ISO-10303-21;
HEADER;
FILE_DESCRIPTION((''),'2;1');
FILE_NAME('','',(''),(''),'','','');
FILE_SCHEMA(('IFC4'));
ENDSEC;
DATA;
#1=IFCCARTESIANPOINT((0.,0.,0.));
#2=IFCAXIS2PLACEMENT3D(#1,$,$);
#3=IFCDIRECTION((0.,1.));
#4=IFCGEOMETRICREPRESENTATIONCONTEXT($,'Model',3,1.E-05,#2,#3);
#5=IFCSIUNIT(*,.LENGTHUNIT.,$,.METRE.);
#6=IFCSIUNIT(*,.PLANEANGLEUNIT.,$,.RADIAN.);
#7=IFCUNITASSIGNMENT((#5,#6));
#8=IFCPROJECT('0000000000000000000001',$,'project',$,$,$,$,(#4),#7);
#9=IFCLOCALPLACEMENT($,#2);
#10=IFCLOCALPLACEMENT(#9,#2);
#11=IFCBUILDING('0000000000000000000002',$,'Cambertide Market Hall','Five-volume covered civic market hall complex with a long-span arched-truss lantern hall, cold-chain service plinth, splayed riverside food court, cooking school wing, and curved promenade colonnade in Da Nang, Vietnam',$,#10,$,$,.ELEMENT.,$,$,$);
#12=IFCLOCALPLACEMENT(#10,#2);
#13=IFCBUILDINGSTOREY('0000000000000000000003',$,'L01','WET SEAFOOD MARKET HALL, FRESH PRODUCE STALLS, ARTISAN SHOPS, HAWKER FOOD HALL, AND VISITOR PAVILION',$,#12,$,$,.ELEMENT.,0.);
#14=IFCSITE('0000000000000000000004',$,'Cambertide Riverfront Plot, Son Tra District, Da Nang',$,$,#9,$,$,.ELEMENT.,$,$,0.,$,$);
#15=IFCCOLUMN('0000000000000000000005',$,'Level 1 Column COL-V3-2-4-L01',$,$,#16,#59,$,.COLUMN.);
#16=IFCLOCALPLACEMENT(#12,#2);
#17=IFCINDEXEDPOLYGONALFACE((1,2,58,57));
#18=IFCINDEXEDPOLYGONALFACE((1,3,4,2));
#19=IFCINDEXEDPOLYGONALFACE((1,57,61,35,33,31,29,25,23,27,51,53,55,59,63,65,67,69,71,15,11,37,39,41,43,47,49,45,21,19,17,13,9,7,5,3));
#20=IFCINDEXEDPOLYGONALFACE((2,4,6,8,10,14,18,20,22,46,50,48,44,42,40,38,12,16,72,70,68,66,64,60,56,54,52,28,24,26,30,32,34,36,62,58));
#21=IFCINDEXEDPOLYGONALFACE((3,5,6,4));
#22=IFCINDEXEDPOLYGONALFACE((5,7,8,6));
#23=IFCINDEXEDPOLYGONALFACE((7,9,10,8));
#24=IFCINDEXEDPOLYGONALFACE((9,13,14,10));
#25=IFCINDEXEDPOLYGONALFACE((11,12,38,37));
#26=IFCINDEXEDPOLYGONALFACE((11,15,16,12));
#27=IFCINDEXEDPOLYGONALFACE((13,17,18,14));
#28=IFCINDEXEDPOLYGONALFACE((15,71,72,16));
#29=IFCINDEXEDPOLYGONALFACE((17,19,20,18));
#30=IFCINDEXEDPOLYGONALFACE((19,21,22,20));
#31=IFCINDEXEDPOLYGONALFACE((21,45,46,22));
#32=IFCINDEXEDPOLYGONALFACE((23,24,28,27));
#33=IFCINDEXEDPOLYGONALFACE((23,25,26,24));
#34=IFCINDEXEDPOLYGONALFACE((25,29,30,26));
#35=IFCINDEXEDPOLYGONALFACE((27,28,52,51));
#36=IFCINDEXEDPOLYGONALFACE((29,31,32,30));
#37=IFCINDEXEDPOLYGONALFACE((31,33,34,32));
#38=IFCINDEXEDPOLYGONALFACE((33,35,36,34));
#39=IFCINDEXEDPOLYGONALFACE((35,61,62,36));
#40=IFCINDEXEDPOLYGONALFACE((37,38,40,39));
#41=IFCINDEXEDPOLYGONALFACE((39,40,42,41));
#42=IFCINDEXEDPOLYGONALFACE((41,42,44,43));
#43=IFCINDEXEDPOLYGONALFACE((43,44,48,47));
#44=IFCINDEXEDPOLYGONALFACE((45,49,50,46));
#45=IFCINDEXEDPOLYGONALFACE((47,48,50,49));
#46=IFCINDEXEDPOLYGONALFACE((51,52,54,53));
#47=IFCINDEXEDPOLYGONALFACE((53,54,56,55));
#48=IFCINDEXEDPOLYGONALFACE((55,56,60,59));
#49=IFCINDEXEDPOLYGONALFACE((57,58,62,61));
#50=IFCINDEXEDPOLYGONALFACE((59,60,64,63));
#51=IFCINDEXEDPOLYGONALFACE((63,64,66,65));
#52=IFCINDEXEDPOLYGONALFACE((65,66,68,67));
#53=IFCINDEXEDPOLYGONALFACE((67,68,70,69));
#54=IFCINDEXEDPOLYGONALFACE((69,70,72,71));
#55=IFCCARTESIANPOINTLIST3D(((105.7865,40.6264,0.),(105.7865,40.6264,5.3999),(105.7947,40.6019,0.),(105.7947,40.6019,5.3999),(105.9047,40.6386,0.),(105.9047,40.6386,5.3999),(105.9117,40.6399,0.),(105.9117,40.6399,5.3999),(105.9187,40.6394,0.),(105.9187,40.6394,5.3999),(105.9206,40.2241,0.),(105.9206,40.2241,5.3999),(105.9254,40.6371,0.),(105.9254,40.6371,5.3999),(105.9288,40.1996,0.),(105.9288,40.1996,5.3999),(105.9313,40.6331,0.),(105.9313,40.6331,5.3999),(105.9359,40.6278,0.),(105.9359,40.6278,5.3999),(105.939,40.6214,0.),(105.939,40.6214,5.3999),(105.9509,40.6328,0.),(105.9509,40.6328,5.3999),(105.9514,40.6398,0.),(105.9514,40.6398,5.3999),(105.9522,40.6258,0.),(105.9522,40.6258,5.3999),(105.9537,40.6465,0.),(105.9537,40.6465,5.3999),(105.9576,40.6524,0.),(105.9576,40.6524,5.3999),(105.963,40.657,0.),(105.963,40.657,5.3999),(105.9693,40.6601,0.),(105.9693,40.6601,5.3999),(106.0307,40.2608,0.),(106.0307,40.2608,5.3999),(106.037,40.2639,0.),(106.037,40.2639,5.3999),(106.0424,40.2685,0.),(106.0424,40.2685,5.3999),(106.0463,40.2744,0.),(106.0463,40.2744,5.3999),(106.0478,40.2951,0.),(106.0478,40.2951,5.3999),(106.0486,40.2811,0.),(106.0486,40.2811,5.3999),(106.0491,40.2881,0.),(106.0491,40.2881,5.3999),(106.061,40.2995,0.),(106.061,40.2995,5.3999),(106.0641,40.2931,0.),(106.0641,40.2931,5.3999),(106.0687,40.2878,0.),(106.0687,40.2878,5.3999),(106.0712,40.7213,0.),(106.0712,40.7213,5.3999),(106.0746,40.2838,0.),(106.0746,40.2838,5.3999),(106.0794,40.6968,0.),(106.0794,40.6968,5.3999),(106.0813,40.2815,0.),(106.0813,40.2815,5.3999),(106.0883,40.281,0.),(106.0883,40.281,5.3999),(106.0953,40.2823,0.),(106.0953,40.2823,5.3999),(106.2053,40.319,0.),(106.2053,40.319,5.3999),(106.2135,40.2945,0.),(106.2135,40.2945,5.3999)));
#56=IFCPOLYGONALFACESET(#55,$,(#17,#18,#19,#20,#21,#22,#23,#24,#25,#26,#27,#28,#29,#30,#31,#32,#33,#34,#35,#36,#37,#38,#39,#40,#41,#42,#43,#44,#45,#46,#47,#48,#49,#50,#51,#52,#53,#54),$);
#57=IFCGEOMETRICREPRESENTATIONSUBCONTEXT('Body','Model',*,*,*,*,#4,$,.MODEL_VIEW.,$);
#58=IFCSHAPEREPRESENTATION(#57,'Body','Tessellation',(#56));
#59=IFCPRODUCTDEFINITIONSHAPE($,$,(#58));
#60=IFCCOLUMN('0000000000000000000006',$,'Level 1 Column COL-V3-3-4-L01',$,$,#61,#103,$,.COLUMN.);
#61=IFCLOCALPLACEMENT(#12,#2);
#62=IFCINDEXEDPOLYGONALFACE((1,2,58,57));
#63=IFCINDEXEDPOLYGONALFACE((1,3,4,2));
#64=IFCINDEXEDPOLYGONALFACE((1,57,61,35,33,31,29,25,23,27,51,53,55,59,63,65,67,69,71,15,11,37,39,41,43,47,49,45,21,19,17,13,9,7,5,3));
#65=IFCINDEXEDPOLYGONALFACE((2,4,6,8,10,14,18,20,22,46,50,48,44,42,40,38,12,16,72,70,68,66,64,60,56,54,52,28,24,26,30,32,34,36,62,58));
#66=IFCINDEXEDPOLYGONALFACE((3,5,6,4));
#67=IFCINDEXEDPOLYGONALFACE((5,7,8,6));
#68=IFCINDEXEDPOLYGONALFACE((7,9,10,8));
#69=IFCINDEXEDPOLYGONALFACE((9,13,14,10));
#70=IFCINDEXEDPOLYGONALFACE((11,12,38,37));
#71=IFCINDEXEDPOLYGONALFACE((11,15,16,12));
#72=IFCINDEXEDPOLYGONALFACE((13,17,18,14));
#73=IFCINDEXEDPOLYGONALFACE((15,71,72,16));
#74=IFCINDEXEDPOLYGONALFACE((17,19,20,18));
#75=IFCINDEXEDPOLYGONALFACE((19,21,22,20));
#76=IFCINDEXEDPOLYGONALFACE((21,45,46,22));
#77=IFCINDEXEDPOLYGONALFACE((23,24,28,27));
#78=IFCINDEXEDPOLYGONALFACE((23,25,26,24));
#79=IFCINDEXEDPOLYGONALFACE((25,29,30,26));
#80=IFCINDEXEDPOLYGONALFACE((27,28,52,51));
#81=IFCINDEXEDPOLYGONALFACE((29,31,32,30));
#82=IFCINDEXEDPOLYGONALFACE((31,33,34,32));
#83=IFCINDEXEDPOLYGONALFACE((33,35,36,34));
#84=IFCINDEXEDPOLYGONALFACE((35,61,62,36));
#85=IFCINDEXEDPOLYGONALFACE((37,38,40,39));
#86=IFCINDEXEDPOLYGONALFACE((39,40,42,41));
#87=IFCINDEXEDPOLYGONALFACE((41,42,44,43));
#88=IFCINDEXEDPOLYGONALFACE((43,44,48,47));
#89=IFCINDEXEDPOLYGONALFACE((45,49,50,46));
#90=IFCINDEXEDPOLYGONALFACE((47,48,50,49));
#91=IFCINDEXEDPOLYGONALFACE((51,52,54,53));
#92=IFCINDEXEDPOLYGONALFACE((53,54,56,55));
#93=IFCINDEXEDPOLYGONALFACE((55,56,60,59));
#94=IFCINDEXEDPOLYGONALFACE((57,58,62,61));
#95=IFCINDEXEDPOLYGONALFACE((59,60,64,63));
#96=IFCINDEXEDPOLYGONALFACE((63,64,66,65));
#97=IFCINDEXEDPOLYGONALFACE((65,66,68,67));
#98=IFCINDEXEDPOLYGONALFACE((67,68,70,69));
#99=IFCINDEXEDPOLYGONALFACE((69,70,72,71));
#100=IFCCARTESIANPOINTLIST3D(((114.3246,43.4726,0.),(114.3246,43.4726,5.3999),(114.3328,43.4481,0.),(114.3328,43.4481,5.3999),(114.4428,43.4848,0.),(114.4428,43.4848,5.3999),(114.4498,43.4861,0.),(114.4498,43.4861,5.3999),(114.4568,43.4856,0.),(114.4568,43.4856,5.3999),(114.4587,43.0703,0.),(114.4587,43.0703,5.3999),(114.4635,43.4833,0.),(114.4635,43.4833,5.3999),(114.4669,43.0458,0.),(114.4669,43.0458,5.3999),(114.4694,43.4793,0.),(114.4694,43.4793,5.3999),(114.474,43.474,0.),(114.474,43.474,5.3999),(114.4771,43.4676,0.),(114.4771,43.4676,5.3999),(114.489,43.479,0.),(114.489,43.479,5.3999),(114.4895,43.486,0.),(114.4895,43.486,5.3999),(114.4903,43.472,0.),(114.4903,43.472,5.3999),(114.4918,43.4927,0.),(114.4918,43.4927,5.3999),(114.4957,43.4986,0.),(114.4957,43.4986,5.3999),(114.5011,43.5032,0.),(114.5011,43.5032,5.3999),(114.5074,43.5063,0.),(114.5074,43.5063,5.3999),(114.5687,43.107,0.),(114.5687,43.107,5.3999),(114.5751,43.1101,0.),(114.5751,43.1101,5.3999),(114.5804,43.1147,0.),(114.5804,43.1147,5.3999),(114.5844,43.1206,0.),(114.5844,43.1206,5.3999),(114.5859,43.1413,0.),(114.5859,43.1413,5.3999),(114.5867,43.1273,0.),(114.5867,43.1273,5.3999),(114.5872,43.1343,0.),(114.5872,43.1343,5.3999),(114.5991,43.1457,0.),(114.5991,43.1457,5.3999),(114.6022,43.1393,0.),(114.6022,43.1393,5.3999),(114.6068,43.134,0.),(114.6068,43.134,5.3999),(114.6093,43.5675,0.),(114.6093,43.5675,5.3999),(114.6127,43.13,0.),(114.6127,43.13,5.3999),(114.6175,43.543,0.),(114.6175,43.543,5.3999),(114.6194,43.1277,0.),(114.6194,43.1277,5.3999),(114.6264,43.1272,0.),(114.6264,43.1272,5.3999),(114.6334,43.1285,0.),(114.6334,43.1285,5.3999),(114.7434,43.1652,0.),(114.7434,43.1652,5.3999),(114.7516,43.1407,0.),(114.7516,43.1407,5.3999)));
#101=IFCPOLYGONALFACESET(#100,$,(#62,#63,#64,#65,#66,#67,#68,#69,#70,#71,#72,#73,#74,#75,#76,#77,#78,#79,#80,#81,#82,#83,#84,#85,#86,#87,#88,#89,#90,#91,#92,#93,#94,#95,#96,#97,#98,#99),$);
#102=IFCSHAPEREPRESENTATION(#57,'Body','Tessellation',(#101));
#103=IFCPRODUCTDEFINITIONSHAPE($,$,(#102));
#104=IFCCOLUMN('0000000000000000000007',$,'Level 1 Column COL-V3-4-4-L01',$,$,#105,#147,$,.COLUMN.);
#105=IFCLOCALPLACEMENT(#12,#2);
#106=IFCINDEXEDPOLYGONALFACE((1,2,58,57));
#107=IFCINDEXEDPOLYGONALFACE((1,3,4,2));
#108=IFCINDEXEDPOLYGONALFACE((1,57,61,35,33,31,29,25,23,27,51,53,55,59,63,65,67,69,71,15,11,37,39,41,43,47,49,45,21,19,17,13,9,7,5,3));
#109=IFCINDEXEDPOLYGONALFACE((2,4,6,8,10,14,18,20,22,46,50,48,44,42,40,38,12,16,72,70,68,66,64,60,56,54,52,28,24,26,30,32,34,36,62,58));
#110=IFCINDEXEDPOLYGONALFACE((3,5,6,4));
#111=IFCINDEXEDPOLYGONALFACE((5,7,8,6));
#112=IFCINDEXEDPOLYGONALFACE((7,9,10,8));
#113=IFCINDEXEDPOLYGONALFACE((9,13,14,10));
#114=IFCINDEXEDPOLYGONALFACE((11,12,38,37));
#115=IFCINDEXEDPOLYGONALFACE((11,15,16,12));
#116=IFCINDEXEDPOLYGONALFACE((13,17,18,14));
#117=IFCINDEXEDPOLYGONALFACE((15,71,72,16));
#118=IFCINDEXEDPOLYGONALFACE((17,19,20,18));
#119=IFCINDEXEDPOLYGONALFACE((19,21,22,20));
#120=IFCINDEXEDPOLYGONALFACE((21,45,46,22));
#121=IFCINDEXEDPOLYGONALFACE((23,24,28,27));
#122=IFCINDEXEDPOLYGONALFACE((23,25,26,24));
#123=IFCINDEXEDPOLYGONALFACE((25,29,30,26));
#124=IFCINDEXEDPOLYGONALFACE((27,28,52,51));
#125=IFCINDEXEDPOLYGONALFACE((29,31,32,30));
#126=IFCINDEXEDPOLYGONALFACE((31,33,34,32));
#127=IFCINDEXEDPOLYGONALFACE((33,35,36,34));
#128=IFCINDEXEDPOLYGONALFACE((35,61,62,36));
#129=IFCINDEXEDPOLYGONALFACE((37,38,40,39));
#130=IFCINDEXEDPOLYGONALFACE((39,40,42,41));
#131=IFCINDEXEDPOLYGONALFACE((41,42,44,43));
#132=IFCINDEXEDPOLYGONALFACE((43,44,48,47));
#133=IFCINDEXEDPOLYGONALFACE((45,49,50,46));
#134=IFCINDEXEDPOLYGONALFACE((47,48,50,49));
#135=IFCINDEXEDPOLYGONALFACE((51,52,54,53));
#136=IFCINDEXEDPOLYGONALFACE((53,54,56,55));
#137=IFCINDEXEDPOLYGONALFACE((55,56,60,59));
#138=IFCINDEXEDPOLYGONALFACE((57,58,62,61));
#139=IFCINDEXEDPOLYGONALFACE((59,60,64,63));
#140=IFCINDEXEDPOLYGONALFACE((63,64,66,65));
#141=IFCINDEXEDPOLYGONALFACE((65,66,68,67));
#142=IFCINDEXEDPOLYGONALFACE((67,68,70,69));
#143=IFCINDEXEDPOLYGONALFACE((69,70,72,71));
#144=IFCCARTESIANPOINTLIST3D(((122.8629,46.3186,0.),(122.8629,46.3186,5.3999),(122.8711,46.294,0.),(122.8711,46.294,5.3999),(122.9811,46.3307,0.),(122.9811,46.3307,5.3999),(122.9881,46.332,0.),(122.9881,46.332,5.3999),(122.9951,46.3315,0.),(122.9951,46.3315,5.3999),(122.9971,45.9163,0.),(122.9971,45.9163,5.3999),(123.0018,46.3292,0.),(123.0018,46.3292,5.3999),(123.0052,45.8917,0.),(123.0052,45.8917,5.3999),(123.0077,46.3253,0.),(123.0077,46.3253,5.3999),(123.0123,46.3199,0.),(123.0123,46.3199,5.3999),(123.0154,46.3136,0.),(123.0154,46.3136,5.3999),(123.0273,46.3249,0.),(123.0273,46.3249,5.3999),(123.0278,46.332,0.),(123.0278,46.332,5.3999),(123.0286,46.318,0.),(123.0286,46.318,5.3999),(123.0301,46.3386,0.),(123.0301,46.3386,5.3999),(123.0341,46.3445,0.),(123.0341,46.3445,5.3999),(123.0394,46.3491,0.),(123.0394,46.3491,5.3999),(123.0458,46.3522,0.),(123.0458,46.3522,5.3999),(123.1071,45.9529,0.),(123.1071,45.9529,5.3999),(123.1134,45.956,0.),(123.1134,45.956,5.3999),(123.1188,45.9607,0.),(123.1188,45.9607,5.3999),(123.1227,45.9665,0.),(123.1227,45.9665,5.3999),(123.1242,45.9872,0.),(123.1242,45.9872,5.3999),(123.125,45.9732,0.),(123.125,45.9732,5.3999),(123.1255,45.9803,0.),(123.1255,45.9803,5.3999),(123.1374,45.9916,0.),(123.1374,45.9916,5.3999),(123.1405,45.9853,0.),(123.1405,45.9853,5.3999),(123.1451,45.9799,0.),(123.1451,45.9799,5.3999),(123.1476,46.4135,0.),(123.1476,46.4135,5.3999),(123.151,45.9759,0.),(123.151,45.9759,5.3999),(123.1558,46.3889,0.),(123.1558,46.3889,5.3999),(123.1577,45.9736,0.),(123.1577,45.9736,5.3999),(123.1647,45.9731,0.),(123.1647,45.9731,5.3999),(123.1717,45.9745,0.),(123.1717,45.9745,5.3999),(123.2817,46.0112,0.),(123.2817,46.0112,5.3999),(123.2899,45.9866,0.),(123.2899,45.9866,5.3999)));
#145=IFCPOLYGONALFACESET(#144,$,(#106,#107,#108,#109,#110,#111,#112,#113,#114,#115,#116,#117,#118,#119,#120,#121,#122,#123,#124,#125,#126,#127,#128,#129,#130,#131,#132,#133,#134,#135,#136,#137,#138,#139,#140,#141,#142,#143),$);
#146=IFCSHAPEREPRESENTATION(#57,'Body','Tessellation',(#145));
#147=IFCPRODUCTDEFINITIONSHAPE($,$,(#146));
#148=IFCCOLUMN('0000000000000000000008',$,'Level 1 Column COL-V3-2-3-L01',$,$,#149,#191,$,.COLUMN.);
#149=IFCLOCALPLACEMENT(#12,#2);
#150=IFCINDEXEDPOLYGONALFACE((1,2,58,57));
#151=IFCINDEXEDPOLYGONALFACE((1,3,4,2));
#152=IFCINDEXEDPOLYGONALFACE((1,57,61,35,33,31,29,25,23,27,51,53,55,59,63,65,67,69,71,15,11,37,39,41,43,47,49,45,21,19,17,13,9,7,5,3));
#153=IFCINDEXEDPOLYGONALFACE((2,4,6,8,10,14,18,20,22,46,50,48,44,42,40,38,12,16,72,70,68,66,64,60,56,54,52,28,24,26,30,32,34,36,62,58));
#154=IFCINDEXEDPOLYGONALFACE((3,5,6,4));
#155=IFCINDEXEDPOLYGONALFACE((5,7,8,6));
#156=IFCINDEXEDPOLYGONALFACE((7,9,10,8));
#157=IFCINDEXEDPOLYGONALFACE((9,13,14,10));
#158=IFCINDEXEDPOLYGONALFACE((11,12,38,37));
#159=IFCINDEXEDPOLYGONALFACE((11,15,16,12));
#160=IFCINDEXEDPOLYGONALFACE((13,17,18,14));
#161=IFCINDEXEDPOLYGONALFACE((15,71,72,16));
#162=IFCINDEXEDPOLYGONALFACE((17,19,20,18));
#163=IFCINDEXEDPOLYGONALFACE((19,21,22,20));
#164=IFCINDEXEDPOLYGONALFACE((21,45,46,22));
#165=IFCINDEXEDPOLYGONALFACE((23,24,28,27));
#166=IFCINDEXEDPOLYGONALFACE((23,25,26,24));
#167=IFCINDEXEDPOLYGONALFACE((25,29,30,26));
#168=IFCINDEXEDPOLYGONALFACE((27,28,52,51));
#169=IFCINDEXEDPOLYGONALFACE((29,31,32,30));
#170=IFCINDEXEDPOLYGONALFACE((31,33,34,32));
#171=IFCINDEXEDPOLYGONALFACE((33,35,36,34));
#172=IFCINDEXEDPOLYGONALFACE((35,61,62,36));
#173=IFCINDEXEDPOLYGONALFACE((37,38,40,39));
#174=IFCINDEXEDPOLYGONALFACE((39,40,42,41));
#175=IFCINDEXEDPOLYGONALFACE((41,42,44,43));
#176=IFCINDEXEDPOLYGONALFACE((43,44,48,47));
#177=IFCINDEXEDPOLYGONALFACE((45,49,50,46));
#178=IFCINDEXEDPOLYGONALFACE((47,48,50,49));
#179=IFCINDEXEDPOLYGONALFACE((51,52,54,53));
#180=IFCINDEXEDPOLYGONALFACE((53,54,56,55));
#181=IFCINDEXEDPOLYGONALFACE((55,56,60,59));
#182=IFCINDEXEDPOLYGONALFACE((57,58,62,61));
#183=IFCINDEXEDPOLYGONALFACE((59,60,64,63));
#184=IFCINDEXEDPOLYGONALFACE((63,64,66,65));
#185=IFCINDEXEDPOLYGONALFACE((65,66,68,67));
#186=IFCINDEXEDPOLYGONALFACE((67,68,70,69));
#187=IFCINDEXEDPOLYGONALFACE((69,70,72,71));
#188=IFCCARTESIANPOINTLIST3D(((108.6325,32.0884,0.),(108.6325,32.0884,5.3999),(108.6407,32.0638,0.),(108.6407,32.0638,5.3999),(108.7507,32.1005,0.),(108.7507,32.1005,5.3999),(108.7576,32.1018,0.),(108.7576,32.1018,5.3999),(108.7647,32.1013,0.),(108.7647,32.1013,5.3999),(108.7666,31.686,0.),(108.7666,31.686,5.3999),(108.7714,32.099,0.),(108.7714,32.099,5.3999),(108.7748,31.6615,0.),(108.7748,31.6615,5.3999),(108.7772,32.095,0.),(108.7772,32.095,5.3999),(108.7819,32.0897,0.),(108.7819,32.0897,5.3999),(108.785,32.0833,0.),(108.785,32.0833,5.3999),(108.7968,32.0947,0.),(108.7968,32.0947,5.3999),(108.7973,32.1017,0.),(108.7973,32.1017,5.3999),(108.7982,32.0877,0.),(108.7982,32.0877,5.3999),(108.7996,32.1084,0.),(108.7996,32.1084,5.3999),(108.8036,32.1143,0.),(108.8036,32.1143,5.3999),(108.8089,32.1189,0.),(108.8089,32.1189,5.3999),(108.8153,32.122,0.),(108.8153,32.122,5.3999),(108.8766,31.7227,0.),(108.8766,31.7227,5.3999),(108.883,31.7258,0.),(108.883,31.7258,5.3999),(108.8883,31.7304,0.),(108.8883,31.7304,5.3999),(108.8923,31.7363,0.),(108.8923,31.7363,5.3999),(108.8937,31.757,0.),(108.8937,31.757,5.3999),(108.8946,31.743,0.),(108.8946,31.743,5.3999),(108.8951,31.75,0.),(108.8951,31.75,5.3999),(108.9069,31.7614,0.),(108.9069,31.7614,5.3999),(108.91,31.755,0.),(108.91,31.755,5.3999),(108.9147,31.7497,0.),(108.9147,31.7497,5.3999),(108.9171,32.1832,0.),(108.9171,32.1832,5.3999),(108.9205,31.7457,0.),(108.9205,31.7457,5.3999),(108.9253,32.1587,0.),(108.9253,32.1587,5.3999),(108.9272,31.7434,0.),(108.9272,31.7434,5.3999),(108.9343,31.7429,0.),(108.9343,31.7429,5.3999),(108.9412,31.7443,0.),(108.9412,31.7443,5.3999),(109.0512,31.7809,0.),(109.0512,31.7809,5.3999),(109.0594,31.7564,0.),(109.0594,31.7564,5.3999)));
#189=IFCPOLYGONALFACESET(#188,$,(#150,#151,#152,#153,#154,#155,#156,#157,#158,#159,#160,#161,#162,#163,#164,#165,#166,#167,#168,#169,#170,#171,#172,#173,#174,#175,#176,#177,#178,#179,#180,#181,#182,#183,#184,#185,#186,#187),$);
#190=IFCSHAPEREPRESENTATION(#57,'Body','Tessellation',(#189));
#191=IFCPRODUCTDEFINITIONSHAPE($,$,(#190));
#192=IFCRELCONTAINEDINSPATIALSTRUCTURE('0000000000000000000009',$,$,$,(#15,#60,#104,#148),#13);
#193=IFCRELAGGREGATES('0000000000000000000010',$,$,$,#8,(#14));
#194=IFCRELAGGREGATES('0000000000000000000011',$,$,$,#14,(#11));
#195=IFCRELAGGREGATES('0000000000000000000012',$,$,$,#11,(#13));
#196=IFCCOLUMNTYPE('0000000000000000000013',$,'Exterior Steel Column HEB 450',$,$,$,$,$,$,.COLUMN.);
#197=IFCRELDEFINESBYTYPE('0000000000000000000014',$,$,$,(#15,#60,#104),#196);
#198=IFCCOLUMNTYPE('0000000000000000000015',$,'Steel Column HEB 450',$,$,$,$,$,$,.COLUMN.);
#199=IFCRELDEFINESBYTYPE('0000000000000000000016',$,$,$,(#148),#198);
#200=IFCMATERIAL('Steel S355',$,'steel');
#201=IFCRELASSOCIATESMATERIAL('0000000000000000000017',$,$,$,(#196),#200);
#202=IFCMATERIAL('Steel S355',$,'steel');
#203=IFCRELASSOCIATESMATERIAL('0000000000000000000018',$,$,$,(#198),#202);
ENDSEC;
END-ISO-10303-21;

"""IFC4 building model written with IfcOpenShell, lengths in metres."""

from ifc_helpers import new_model, si_unit, direction, frame, origin, origin_2d, place, context, subcontext, project, spatial, i_section, extrude, material, material_profile, profile_set, type_object, element, save


model = new_model("IFC4")

# Units and contexts
model_context = context("Model", 3, precision=1e-05, world=origin(), true_north=direction((0.0, 1.0)))
body_context = subcontext(model_context, "Body", "Model", "MODEL_VIEW")
ifc_project = project(units=[si_unit("LENGTHUNIT", "METRE"), si_unit("PLANEANGLEUNIT", "RADIAN")], contexts=[model_context])

# Site, building, storey
site_placement = place(None, origin())
site = spatial("IfcSite", under=ifc_project, at=site_placement, Name="Cambertide Riverfront Plot, Son Tra District, Da Nang", CompositionType="ELEMENT", RefElevation=0.0)
building_placement = place(site_placement, origin())
building = spatial("IfcBuilding", under=site, at=building_placement, Name="Cambertide Market Hall", Description="Five-volume covered civic market hall complex with a long-span arched-truss lantern hall, cold-chain service plinth, splayed riverside food court, cooking school wing, and curved promenade colonnade in Da Nang, Vietnam", CompositionType="ELEMENT")
storey_placement = place(building_placement, origin())
storey = spatial("IfcBuildingStorey", under=building, at=storey_placement, Name="L01", Description="WET SEAFOOD MARKET HALL, FRESH PRODUCE STALLS, ARTISAN SHOPS, HAWKER FOOD HALL, AND VISITOR PAVILION", CompositionType="ELEMENT", Elevation=0.0)

# Columns
ifc_material_1 = material(Name="Steel S355", Category="steel")
ifc_material_profile_1 = material_profile(ifc_material_1, i_section(OverallWidth=0.3, OverallDepth=0.45, WebThickness=0.0139, FlangeThickness=0.0259, FilletRadius=0.0271, at=origin_2d()), Name="HEB 450")
ifc_profile_set_1 = profile_set([ifc_material_profile_1], Name="Steel S355")
column_type_1 = type_object("IfcColumnType", Name="Exterior Steel Column HEB 450", PredefinedType="COLUMN", material=ifc_profile_set_1)
for number, where, z_axis, x_axis, name in (
    (1, (106.0, 40.4604, 0.0), (0.0, 0.0, 1.0), (0.948683, 0.316228, 0.0), "Level 1 Column COL-V3-2-4-L01"),
    (2, (114.5381, 43.3066, 0.0), (0.0, 0.0, 1.0), (0.948683, 0.316228, 0.0), "Level 1 Column COL-V3-3-4-L01"),
    (3, (123.0764, 46.1526, 0.0), (0.0, 0.0, 1.0), (0.948683, 0.316228, 0.0), "Level 1 Column COL-V3-4-4-L01"),
):
    element("IfcColumn", number, at=place(storey_placement, frame(where, z_axis=z_axis, x_axis=x_axis)), inside=storey, type_object=column_type_1, Name=name, PredefinedType="COLUMN", context=body_context, shape_type="SweptSolid", body=[
        extrude(i_section(OverallWidth=0.3, OverallDepth=0.45, WebThickness=0.0139, FlangeThickness=0.0259, FilletRadius=0.0271, at=origin_2d()), origin(), (0.0, 0.0, 1.0), 5.3999),
    ])
ifc_material_2 = material(Name="Steel S355", Category="steel")
ifc_material_profile_2 = material_profile(ifc_material_2, i_section(OverallWidth=0.3, OverallDepth=0.45, WebThickness=0.0139, FlangeThickness=0.0259, FilletRadius=0.0271, at=origin_2d()), Name="HEB 450")
ifc_profile_set_2 = profile_set([ifc_material_profile_2], Name="Steel S355")
column_type_2 = type_object("IfcColumnType", Name="Steel Column HEB 450", PredefinedType="COLUMN", material=ifc_profile_set_2)
for number, where, z_axis, x_axis, name in (
    (4, (108.8459, 31.9224, 0.0), (0.0, 0.0, 1.0), (0.948683, 0.316228, 0.0), "Level 1 Column COL-V3-2-3-L01"),
):
    element("IfcColumn", number, at=place(storey_placement, frame(where, z_axis=z_axis, x_axis=x_axis)), inside=storey, type_object=column_type_2, Name=name, PredefinedType="COLUMN", context=body_context, shape_type="SweptSolid", body=[
        extrude(i_section(OverallWidth=0.3, OverallDepth=0.45, WebThickness=0.0139, FlangeThickness=0.0259, FilletRadius=0.0271, at=origin_2d()), origin(), (0.0, 0.0, 1.0), 5.3999),
    ])

save(model, "model.ifc")
